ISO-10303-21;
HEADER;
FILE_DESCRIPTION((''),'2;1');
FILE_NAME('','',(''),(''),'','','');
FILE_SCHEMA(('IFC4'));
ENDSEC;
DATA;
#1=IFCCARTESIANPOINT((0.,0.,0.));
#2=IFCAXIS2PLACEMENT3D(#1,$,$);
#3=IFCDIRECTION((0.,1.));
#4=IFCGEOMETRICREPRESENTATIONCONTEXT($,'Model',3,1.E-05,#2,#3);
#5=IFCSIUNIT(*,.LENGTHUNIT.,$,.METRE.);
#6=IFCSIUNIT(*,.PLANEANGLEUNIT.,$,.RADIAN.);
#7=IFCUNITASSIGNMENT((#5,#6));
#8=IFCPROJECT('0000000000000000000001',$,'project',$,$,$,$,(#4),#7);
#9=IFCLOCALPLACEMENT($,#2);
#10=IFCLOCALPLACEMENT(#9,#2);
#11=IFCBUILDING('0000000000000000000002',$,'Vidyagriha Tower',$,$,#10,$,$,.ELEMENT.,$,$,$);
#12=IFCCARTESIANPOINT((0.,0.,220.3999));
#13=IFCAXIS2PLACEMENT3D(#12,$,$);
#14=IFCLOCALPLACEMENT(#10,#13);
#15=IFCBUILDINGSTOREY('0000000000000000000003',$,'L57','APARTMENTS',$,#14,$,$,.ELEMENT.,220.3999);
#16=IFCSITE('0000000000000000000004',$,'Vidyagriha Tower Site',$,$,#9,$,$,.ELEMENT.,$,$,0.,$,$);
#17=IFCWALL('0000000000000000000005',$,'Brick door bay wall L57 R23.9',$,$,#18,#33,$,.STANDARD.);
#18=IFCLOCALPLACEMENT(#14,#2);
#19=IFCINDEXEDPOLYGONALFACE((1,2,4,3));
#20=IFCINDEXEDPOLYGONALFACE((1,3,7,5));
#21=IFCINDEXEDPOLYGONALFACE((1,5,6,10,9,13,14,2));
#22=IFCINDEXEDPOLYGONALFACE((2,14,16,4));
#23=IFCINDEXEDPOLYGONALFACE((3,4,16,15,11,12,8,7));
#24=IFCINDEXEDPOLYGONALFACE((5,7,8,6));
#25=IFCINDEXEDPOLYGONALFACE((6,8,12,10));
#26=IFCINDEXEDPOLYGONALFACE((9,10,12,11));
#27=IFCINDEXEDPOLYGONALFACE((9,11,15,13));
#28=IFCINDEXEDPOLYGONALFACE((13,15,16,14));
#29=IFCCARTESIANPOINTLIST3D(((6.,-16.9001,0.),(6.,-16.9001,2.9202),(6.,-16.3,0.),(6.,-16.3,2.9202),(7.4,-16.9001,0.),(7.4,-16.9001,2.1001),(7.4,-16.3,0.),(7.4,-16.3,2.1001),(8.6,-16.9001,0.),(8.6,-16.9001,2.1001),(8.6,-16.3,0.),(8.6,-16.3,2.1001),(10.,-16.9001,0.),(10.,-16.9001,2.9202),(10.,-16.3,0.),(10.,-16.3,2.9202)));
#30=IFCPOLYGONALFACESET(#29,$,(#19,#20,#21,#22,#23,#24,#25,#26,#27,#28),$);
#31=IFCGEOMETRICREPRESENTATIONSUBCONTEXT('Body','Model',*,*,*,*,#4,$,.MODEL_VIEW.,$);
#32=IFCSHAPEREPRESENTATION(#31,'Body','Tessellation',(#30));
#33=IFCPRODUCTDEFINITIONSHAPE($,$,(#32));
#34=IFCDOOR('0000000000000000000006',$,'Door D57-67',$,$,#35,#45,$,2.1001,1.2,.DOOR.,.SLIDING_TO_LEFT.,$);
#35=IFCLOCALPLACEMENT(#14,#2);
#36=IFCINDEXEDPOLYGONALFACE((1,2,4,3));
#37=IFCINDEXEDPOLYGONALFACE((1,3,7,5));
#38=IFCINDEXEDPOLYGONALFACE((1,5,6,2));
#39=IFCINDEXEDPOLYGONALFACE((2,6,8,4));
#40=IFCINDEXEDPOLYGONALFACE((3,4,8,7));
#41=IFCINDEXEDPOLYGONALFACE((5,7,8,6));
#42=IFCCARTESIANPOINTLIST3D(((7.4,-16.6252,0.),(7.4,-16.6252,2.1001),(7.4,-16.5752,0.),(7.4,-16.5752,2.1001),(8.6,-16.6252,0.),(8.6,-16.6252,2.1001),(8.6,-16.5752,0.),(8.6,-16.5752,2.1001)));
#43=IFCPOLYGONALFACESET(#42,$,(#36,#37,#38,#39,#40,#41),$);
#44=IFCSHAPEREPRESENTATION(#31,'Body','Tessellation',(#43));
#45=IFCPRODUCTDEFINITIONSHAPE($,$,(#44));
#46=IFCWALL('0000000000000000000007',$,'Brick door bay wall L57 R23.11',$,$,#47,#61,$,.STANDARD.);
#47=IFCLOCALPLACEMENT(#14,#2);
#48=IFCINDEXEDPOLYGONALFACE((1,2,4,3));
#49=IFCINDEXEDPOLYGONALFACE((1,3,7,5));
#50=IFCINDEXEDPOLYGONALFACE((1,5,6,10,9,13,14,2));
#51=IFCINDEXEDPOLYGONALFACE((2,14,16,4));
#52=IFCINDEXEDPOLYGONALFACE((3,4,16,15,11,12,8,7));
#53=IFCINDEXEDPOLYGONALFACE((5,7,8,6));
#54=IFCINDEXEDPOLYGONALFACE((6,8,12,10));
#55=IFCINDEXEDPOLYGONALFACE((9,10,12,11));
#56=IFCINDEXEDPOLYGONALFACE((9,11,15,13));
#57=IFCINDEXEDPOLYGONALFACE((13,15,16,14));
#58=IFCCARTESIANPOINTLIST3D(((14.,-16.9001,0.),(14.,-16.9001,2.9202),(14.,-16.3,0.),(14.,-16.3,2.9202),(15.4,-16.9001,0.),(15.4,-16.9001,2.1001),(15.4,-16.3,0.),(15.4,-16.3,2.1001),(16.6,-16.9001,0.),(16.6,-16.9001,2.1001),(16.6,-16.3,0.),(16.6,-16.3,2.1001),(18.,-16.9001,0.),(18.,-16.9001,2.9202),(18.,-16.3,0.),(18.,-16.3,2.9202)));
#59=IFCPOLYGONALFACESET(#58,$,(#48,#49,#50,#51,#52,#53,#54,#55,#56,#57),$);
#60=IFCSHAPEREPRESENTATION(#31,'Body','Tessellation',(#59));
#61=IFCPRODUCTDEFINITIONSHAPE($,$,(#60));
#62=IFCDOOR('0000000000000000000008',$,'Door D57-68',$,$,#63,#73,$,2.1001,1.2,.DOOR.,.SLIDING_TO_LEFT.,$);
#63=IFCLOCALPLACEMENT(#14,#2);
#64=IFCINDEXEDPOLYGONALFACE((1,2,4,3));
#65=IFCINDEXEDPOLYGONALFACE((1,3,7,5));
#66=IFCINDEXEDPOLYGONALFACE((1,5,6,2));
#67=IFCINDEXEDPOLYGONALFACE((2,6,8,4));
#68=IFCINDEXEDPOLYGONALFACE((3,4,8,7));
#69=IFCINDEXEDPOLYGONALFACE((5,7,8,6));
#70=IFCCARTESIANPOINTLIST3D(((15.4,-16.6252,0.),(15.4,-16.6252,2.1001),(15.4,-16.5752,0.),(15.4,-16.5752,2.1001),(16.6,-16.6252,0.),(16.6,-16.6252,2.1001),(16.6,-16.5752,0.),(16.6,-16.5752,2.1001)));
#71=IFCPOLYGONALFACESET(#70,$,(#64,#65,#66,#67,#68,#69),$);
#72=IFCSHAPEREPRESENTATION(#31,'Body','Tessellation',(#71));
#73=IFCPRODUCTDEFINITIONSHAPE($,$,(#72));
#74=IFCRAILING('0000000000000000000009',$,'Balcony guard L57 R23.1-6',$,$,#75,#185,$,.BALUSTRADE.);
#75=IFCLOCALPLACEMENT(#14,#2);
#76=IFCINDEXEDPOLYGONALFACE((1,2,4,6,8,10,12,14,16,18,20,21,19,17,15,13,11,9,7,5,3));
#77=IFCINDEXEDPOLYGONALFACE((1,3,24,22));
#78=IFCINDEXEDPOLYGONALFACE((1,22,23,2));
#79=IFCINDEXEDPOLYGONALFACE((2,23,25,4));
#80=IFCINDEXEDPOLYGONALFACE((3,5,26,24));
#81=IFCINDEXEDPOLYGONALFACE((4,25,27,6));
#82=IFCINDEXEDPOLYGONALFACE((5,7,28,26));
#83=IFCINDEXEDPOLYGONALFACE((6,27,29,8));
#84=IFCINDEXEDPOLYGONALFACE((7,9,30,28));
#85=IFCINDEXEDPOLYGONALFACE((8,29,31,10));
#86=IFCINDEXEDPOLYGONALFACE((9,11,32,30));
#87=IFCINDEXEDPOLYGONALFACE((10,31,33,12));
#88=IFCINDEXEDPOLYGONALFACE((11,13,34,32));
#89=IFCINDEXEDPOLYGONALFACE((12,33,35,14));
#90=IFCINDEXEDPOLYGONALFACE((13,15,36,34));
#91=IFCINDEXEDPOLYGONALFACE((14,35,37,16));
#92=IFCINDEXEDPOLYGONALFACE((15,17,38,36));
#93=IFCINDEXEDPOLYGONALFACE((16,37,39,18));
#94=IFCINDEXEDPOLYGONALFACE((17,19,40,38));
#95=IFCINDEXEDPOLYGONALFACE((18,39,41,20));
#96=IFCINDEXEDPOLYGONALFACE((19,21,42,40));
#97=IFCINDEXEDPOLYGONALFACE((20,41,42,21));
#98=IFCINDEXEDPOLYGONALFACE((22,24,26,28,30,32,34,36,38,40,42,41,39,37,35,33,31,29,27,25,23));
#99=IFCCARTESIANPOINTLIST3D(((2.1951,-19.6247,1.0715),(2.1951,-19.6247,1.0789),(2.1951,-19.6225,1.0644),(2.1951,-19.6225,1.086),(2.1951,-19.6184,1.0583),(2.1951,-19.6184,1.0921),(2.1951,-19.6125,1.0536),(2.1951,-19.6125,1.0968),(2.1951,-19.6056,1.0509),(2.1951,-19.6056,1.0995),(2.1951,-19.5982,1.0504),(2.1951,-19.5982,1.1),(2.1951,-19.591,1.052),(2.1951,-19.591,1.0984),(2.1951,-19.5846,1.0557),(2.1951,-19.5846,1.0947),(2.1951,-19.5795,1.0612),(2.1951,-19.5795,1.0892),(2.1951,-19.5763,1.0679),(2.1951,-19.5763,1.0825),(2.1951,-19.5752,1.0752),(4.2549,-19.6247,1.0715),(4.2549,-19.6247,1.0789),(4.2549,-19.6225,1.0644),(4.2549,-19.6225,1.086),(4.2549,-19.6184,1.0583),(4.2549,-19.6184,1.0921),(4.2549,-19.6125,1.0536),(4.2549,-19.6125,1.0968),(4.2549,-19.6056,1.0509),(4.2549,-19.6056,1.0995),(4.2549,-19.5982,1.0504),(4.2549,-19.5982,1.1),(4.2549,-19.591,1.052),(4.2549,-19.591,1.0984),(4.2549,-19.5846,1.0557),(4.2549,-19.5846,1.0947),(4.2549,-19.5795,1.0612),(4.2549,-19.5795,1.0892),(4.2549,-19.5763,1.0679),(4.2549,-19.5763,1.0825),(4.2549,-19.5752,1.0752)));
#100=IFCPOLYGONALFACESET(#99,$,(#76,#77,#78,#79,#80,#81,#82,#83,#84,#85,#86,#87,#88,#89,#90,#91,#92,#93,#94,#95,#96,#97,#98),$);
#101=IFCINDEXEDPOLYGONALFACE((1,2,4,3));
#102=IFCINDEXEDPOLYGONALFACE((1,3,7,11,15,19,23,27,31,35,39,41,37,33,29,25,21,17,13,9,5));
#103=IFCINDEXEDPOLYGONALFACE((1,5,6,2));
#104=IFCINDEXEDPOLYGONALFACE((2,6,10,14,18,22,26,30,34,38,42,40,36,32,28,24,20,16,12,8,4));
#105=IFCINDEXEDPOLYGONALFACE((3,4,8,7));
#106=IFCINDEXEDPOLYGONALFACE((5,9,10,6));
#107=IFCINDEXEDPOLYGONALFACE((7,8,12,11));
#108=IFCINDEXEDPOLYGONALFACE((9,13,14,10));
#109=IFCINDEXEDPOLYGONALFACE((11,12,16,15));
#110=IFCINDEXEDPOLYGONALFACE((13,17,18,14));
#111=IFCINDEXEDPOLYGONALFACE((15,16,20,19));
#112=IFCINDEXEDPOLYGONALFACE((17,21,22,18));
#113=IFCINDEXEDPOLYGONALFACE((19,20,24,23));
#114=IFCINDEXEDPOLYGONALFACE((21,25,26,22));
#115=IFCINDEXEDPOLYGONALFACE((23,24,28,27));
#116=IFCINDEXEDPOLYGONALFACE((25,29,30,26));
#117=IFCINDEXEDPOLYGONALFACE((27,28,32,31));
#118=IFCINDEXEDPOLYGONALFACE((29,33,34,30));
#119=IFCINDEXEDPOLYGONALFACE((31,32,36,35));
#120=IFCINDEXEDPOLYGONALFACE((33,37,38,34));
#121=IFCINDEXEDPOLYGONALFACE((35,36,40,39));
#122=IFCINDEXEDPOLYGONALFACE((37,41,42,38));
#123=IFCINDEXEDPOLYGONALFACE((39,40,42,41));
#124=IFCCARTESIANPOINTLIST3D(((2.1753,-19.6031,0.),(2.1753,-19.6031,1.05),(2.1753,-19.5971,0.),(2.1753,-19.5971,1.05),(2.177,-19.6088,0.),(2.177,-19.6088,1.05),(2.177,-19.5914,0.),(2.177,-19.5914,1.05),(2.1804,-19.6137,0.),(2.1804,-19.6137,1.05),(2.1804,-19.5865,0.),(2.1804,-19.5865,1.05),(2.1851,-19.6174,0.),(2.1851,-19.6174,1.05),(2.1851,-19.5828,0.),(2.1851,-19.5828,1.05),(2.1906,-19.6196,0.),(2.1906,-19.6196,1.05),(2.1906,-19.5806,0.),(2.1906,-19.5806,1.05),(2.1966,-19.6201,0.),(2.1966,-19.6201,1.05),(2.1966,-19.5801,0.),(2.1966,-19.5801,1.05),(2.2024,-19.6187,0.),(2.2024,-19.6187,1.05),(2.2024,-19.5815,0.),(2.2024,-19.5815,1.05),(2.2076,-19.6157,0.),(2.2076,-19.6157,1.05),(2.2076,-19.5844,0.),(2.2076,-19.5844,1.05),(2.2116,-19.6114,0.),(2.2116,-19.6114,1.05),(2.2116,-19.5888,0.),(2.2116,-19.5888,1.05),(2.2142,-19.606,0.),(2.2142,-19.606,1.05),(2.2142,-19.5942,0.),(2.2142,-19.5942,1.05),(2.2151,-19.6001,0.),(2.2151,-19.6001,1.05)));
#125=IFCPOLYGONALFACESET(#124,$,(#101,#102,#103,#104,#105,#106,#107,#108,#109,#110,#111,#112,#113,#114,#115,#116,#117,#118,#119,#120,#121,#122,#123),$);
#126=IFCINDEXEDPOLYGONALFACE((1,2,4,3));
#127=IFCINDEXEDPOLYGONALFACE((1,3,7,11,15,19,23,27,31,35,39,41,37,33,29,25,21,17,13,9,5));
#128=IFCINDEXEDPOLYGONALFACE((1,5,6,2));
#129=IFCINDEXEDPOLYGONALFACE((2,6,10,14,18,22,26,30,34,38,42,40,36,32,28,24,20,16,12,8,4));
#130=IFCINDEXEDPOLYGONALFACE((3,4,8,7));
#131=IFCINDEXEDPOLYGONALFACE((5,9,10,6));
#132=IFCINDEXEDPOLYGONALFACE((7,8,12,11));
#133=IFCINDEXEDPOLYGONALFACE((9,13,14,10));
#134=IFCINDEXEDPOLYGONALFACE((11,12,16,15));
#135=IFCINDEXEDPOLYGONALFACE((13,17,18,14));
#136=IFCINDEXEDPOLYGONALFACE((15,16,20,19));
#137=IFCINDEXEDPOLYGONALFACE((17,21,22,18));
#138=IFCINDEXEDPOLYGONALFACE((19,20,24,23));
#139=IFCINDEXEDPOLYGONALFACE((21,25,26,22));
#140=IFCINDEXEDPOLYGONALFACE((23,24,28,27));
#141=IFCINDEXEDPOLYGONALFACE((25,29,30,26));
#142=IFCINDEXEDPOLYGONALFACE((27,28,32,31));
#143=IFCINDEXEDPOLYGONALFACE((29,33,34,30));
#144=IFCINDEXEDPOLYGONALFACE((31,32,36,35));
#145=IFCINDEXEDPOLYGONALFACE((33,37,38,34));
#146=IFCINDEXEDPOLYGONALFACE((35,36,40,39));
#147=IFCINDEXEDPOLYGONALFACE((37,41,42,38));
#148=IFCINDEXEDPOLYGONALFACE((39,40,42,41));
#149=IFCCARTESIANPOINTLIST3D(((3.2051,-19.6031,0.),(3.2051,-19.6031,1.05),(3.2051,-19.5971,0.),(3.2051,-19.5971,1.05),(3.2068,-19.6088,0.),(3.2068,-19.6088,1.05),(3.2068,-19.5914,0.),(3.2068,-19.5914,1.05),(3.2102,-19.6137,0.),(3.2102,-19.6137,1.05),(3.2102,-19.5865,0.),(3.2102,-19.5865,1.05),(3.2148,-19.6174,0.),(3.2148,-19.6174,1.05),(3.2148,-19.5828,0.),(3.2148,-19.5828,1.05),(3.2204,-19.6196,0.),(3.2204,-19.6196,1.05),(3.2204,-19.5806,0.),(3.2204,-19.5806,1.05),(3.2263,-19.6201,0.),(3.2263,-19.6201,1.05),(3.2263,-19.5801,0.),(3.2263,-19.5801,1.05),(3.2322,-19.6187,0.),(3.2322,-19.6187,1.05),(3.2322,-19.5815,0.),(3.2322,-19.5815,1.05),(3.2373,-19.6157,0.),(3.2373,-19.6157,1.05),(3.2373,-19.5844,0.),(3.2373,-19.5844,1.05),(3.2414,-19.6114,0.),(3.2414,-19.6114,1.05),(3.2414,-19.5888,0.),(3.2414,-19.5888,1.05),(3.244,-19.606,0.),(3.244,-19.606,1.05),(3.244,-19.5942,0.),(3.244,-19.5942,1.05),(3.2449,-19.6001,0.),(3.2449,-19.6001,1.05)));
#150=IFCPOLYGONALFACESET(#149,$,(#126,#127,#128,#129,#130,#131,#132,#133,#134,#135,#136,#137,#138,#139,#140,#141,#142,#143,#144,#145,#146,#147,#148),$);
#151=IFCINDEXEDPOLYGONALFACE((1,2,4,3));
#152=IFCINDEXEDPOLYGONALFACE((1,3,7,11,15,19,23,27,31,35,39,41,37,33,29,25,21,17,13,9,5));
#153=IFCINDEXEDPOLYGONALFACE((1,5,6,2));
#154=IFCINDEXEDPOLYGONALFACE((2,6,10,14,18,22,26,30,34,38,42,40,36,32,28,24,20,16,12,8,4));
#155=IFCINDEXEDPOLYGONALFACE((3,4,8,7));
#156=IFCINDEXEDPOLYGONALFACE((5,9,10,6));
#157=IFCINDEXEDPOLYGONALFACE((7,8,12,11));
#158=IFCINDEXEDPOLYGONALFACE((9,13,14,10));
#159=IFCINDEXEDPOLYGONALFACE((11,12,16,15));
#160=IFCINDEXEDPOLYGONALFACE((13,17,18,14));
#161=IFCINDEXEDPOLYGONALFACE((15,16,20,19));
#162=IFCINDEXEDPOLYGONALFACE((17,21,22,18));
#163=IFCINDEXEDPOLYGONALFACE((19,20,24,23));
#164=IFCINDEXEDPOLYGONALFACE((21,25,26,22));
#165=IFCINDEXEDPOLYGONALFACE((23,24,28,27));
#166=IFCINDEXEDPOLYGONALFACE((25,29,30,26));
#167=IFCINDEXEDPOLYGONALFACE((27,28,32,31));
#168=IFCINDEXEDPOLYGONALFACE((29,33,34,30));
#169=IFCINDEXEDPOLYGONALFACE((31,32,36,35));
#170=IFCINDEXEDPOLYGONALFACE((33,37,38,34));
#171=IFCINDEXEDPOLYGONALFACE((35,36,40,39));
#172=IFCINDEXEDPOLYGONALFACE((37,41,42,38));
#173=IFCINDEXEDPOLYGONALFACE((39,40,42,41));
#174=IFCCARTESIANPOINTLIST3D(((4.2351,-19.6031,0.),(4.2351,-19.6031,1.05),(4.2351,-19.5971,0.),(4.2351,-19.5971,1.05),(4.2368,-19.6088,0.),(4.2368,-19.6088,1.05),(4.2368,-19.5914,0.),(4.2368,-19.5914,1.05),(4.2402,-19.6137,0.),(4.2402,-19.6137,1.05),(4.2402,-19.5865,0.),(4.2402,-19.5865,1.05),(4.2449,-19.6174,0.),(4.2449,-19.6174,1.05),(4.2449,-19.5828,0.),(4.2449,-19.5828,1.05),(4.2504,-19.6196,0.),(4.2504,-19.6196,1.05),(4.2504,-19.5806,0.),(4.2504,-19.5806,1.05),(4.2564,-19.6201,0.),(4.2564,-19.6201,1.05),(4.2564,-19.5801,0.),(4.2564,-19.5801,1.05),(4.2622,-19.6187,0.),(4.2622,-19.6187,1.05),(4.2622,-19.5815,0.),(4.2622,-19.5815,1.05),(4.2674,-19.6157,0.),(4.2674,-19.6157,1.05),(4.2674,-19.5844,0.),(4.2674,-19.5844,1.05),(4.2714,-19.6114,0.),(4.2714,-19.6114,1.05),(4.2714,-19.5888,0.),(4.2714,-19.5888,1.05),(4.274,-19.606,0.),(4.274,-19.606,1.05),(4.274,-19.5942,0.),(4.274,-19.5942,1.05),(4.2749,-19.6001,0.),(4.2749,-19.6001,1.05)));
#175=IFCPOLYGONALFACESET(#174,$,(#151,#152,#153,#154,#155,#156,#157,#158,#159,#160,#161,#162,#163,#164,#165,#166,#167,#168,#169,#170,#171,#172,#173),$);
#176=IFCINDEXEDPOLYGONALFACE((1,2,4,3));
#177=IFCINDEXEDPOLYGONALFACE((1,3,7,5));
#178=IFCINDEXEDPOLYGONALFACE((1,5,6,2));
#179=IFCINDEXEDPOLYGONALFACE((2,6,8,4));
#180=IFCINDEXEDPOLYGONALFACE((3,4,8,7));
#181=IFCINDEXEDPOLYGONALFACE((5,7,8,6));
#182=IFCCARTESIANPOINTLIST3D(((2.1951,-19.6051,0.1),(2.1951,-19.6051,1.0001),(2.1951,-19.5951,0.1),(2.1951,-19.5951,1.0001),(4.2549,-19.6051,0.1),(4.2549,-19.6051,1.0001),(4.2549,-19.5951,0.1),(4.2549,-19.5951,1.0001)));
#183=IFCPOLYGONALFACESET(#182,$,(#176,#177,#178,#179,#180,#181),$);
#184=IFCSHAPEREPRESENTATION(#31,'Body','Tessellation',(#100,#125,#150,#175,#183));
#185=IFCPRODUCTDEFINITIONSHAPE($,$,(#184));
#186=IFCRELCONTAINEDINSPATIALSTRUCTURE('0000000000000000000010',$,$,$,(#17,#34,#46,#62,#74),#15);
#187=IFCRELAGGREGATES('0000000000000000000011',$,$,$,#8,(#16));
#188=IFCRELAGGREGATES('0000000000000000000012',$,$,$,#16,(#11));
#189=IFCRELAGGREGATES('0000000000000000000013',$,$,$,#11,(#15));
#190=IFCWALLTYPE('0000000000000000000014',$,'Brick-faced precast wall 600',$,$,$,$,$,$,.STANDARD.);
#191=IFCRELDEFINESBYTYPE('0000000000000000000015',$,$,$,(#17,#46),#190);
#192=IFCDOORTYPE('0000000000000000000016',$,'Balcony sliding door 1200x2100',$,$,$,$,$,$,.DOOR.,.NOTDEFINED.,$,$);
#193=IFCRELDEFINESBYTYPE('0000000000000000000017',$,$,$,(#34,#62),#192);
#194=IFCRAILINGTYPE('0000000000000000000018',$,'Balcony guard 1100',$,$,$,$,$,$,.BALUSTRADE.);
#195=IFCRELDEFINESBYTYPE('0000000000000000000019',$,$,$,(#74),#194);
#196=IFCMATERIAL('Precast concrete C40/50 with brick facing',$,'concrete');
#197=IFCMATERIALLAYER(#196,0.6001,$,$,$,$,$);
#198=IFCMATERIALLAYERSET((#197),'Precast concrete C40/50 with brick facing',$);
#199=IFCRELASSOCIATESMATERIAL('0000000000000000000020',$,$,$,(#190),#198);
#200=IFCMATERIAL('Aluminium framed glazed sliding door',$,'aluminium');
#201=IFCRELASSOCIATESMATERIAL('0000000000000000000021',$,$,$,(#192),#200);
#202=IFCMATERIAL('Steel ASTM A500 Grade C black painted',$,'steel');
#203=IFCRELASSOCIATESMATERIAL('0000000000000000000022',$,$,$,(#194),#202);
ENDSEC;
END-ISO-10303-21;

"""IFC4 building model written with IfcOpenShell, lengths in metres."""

from ifc_helpers import new_model, si_unit, direction, frame, frame_2d, origin, origin_2d, place, context, subcontext, project, spatial, rectangle, circle, extrude, material, layer, layer_set, type_object, element, fill, save


model = new_model("IFC4")

# Units and contexts
model_context = context("Model", 3, precision=1e-05, world=origin(), true_north=direction((0.0, 1.0)))
body_context = subcontext(model_context, "Body", "Model", "MODEL_VIEW")
ifc_project = project(units=[si_unit("LENGTHUNIT", "METRE"), si_unit("PLANEANGLEUNIT", "RADIAN")], contexts=[model_context])

# Site, building, storey
site_placement = place(None, origin())
site = spatial("IfcSite", under=ifc_project, at=site_placement, Name="Vidyagriha Tower Site", CompositionType="ELEMENT", RefElevation=0.0)
building_placement = place(site_placement, origin())
building = spatial("IfcBuilding", under=site, at=building_placement, Name="Vidyagriha Tower", CompositionType="ELEMENT")
storey_placement = place(building_placement, frame((0.0, 0.0, 220.3999)))
storey = spatial("IfcBuildingStorey", under=building, at=storey_placement, Name="L57", Description="APARTMENTS", CompositionType="ELEMENT", Elevation=220.3999)

# Walls, openings, doors
ifc_material_1 = material(Name="Precast concrete C40/50 with brick facing", Category="concrete")
ifc_layer_1 = layer(ifc_material_1, 0.6001)
ifc_layer_set_1 = layer_set([ifc_layer_1], Name="Precast concrete C40/50 with brick facing")
wall_type = type_object("IfcWallType", Name="Brick-faced precast wall 600", PredefinedType="STANDARD", material=ifc_layer_set_1)
wall_1_placement = place(storey_placement, frame((6.0, -16.6001, 0.0)))
wall_1 = element("IfcWall", 1, at=wall_1_placement, inside=storey, type_object=wall_type, Name="Brick door bay wall L57 R23.9", PredefinedType="STANDARD", context=body_context, shape_type="SweptSolid", body=[
    extrude(rectangle(XDim=4.0, YDim=0.6001, at=frame_2d((2.0, 0.0))), origin(), (0.0, 0.0, 1.0), 2.9202),
])
opening_1_placement = place(wall_1_placement, frame((1.3999, 0.0, 0.0)))
opening_1 = element("IfcOpeningElement", 2, at=opening_1_placement, cuts=wall_1, PredefinedType="OPENING", context=body_context, shape_type="SweptSolid", body=[
    extrude(rectangle(XDim=1.2, YDim=2.1001, at=frame_2d((0.6001, 1.05))), frame((0.0, 0.3101, 0.0), z_axis=(0.0, -1.0, 0.0), x_axis=(1.0, 0.0, 0.0)), (0.0, 0.0, 1.0), 0.6201),
])
ifc_material_2 = material(Name="Aluminium framed glazed sliding door", Category="aluminium")
door_type = type_object("IfcDoorType", Name="Balcony sliding door 1200x2100", OperationType="NOTDEFINED", PredefinedType="DOOR", material=ifc_material_2)
door_1_placement = place(opening_1_placement, origin())
door_1 = element("IfcDoor", 3, at=door_1_placement, inside=storey, type_object=door_type, Name="Door D57-67", OperationType="SLIDING_TO_LEFT", OverallHeight=2.1001, OverallWidth=1.2, PredefinedType="DOOR", context=body_context, shape_type="SweptSolid", body=[
    extrude(rectangle(XDim=1.2, YDim=2.1001, at=frame_2d((0.6001, 1.05))), frame((0.0, 0.0249, 0.0), z_axis=(0.0, -1.0, 0.0), x_axis=(1.0, 0.0, 0.0)), (0.0, 0.0, 1.0), 0.05),
])
fill(opening_1, door_1)
wall_2_placement = place(storey_placement, frame((14.0, -16.6001, 0.0)))
wall_2 = element("IfcWall", 4, at=wall_2_placement, inside=storey, type_object=wall_type, Name="Brick door bay wall L57 R23.11", PredefinedType="STANDARD", context=body_context, shape_type="SweptSolid", body=[
    extrude(rectangle(XDim=4.0, YDim=0.6001, at=frame_2d((2.0, 0.0))), origin(), (0.0, 0.0, 1.0), 2.9202),
])
opening_2_placement = place(wall_2_placement, frame((1.3999, 0.0, 0.0)))
opening_2 = element("IfcOpeningElement", 5, at=opening_2_placement, cuts=wall_2, PredefinedType="OPENING", context=body_context, shape_type="SweptSolid", body=[
    extrude(rectangle(XDim=1.2, YDim=2.1001, at=frame_2d((0.6001, 1.05))), frame((0.0, 0.3101, 0.0), z_axis=(0.0, -1.0, 0.0), x_axis=(1.0, 0.0, 0.0)), (0.0, 0.0, 1.0), 0.6201),
])
door_2_placement = place(opening_2_placement, origin())
door_2 = element("IfcDoor", 6, at=door_2_placement, inside=storey, type_object=door_type, Name="Door D57-68", OperationType="SLIDING_TO_LEFT", OverallHeight=2.1001, OverallWidth=1.2, PredefinedType="DOOR", context=body_context, shape_type="SweptSolid", body=[
    extrude(rectangle(XDim=1.2, YDim=2.1001, at=frame_2d((0.6001, 1.05))), frame((0.0, 0.0249, 0.0), z_axis=(0.0, -1.0, 0.0), x_axis=(1.0, 0.0, 0.0)), (0.0, 0.0, 1.0), 0.05),
])
fill(opening_2, door_2)

# Railing
ifc_material_3 = material(Name="Steel ASTM A500 Grade C black painted", Category="steel")
railing_type = type_object("IfcRailingType", Name="Balcony guard 1100", PredefinedType="BALUSTRADE", material=ifc_material_3)
railing_1_placement = place(storey_placement, frame((2.1951, -19.6001, 0.0)))
element("IfcRailing", 7, at=railing_1_placement, inside=storey, type_object=railing_type, Name="Balcony guard L57 R23.1-6", PredefinedType="BALUSTRADE", context=body_context, shape_type="SweptSolid", body=[
    extrude(circle(Radius=0.0249, at=origin_2d()), frame((0.0, 0.0, 1.0752), z_axis=(1.0, 0.0, 0.0), x_axis=(0.0, 1.0, 0.0)), (0.0, 0.0, 1.0), 2.0598),
    extrude(circle(Radius=0.02, at=origin_2d()), origin(), (0.0, 0.0, 1.0), 1.05),
    extrude(circle(Radius=0.02, at=origin_2d()), frame((1.0298, 0.0, 0.0)), (0.0, 0.0, 1.0), 1.05),
    extrude(circle(Radius=0.02, at=origin_2d()), frame((2.0598, 0.0, 0.0)), (0.0, 0.0, 1.0), 1.05),
    extrude(rectangle(XDim=0.01, YDim=0.9001, at=origin_2d()), frame((0.0, 0.0, 0.55), z_axis=(1.0, 0.0, 0.0), x_axis=(0.0, 1.0, 0.0)), (0.0, 0.0, 1.0), 2.0598),
])

save(model, "model.ifc")
